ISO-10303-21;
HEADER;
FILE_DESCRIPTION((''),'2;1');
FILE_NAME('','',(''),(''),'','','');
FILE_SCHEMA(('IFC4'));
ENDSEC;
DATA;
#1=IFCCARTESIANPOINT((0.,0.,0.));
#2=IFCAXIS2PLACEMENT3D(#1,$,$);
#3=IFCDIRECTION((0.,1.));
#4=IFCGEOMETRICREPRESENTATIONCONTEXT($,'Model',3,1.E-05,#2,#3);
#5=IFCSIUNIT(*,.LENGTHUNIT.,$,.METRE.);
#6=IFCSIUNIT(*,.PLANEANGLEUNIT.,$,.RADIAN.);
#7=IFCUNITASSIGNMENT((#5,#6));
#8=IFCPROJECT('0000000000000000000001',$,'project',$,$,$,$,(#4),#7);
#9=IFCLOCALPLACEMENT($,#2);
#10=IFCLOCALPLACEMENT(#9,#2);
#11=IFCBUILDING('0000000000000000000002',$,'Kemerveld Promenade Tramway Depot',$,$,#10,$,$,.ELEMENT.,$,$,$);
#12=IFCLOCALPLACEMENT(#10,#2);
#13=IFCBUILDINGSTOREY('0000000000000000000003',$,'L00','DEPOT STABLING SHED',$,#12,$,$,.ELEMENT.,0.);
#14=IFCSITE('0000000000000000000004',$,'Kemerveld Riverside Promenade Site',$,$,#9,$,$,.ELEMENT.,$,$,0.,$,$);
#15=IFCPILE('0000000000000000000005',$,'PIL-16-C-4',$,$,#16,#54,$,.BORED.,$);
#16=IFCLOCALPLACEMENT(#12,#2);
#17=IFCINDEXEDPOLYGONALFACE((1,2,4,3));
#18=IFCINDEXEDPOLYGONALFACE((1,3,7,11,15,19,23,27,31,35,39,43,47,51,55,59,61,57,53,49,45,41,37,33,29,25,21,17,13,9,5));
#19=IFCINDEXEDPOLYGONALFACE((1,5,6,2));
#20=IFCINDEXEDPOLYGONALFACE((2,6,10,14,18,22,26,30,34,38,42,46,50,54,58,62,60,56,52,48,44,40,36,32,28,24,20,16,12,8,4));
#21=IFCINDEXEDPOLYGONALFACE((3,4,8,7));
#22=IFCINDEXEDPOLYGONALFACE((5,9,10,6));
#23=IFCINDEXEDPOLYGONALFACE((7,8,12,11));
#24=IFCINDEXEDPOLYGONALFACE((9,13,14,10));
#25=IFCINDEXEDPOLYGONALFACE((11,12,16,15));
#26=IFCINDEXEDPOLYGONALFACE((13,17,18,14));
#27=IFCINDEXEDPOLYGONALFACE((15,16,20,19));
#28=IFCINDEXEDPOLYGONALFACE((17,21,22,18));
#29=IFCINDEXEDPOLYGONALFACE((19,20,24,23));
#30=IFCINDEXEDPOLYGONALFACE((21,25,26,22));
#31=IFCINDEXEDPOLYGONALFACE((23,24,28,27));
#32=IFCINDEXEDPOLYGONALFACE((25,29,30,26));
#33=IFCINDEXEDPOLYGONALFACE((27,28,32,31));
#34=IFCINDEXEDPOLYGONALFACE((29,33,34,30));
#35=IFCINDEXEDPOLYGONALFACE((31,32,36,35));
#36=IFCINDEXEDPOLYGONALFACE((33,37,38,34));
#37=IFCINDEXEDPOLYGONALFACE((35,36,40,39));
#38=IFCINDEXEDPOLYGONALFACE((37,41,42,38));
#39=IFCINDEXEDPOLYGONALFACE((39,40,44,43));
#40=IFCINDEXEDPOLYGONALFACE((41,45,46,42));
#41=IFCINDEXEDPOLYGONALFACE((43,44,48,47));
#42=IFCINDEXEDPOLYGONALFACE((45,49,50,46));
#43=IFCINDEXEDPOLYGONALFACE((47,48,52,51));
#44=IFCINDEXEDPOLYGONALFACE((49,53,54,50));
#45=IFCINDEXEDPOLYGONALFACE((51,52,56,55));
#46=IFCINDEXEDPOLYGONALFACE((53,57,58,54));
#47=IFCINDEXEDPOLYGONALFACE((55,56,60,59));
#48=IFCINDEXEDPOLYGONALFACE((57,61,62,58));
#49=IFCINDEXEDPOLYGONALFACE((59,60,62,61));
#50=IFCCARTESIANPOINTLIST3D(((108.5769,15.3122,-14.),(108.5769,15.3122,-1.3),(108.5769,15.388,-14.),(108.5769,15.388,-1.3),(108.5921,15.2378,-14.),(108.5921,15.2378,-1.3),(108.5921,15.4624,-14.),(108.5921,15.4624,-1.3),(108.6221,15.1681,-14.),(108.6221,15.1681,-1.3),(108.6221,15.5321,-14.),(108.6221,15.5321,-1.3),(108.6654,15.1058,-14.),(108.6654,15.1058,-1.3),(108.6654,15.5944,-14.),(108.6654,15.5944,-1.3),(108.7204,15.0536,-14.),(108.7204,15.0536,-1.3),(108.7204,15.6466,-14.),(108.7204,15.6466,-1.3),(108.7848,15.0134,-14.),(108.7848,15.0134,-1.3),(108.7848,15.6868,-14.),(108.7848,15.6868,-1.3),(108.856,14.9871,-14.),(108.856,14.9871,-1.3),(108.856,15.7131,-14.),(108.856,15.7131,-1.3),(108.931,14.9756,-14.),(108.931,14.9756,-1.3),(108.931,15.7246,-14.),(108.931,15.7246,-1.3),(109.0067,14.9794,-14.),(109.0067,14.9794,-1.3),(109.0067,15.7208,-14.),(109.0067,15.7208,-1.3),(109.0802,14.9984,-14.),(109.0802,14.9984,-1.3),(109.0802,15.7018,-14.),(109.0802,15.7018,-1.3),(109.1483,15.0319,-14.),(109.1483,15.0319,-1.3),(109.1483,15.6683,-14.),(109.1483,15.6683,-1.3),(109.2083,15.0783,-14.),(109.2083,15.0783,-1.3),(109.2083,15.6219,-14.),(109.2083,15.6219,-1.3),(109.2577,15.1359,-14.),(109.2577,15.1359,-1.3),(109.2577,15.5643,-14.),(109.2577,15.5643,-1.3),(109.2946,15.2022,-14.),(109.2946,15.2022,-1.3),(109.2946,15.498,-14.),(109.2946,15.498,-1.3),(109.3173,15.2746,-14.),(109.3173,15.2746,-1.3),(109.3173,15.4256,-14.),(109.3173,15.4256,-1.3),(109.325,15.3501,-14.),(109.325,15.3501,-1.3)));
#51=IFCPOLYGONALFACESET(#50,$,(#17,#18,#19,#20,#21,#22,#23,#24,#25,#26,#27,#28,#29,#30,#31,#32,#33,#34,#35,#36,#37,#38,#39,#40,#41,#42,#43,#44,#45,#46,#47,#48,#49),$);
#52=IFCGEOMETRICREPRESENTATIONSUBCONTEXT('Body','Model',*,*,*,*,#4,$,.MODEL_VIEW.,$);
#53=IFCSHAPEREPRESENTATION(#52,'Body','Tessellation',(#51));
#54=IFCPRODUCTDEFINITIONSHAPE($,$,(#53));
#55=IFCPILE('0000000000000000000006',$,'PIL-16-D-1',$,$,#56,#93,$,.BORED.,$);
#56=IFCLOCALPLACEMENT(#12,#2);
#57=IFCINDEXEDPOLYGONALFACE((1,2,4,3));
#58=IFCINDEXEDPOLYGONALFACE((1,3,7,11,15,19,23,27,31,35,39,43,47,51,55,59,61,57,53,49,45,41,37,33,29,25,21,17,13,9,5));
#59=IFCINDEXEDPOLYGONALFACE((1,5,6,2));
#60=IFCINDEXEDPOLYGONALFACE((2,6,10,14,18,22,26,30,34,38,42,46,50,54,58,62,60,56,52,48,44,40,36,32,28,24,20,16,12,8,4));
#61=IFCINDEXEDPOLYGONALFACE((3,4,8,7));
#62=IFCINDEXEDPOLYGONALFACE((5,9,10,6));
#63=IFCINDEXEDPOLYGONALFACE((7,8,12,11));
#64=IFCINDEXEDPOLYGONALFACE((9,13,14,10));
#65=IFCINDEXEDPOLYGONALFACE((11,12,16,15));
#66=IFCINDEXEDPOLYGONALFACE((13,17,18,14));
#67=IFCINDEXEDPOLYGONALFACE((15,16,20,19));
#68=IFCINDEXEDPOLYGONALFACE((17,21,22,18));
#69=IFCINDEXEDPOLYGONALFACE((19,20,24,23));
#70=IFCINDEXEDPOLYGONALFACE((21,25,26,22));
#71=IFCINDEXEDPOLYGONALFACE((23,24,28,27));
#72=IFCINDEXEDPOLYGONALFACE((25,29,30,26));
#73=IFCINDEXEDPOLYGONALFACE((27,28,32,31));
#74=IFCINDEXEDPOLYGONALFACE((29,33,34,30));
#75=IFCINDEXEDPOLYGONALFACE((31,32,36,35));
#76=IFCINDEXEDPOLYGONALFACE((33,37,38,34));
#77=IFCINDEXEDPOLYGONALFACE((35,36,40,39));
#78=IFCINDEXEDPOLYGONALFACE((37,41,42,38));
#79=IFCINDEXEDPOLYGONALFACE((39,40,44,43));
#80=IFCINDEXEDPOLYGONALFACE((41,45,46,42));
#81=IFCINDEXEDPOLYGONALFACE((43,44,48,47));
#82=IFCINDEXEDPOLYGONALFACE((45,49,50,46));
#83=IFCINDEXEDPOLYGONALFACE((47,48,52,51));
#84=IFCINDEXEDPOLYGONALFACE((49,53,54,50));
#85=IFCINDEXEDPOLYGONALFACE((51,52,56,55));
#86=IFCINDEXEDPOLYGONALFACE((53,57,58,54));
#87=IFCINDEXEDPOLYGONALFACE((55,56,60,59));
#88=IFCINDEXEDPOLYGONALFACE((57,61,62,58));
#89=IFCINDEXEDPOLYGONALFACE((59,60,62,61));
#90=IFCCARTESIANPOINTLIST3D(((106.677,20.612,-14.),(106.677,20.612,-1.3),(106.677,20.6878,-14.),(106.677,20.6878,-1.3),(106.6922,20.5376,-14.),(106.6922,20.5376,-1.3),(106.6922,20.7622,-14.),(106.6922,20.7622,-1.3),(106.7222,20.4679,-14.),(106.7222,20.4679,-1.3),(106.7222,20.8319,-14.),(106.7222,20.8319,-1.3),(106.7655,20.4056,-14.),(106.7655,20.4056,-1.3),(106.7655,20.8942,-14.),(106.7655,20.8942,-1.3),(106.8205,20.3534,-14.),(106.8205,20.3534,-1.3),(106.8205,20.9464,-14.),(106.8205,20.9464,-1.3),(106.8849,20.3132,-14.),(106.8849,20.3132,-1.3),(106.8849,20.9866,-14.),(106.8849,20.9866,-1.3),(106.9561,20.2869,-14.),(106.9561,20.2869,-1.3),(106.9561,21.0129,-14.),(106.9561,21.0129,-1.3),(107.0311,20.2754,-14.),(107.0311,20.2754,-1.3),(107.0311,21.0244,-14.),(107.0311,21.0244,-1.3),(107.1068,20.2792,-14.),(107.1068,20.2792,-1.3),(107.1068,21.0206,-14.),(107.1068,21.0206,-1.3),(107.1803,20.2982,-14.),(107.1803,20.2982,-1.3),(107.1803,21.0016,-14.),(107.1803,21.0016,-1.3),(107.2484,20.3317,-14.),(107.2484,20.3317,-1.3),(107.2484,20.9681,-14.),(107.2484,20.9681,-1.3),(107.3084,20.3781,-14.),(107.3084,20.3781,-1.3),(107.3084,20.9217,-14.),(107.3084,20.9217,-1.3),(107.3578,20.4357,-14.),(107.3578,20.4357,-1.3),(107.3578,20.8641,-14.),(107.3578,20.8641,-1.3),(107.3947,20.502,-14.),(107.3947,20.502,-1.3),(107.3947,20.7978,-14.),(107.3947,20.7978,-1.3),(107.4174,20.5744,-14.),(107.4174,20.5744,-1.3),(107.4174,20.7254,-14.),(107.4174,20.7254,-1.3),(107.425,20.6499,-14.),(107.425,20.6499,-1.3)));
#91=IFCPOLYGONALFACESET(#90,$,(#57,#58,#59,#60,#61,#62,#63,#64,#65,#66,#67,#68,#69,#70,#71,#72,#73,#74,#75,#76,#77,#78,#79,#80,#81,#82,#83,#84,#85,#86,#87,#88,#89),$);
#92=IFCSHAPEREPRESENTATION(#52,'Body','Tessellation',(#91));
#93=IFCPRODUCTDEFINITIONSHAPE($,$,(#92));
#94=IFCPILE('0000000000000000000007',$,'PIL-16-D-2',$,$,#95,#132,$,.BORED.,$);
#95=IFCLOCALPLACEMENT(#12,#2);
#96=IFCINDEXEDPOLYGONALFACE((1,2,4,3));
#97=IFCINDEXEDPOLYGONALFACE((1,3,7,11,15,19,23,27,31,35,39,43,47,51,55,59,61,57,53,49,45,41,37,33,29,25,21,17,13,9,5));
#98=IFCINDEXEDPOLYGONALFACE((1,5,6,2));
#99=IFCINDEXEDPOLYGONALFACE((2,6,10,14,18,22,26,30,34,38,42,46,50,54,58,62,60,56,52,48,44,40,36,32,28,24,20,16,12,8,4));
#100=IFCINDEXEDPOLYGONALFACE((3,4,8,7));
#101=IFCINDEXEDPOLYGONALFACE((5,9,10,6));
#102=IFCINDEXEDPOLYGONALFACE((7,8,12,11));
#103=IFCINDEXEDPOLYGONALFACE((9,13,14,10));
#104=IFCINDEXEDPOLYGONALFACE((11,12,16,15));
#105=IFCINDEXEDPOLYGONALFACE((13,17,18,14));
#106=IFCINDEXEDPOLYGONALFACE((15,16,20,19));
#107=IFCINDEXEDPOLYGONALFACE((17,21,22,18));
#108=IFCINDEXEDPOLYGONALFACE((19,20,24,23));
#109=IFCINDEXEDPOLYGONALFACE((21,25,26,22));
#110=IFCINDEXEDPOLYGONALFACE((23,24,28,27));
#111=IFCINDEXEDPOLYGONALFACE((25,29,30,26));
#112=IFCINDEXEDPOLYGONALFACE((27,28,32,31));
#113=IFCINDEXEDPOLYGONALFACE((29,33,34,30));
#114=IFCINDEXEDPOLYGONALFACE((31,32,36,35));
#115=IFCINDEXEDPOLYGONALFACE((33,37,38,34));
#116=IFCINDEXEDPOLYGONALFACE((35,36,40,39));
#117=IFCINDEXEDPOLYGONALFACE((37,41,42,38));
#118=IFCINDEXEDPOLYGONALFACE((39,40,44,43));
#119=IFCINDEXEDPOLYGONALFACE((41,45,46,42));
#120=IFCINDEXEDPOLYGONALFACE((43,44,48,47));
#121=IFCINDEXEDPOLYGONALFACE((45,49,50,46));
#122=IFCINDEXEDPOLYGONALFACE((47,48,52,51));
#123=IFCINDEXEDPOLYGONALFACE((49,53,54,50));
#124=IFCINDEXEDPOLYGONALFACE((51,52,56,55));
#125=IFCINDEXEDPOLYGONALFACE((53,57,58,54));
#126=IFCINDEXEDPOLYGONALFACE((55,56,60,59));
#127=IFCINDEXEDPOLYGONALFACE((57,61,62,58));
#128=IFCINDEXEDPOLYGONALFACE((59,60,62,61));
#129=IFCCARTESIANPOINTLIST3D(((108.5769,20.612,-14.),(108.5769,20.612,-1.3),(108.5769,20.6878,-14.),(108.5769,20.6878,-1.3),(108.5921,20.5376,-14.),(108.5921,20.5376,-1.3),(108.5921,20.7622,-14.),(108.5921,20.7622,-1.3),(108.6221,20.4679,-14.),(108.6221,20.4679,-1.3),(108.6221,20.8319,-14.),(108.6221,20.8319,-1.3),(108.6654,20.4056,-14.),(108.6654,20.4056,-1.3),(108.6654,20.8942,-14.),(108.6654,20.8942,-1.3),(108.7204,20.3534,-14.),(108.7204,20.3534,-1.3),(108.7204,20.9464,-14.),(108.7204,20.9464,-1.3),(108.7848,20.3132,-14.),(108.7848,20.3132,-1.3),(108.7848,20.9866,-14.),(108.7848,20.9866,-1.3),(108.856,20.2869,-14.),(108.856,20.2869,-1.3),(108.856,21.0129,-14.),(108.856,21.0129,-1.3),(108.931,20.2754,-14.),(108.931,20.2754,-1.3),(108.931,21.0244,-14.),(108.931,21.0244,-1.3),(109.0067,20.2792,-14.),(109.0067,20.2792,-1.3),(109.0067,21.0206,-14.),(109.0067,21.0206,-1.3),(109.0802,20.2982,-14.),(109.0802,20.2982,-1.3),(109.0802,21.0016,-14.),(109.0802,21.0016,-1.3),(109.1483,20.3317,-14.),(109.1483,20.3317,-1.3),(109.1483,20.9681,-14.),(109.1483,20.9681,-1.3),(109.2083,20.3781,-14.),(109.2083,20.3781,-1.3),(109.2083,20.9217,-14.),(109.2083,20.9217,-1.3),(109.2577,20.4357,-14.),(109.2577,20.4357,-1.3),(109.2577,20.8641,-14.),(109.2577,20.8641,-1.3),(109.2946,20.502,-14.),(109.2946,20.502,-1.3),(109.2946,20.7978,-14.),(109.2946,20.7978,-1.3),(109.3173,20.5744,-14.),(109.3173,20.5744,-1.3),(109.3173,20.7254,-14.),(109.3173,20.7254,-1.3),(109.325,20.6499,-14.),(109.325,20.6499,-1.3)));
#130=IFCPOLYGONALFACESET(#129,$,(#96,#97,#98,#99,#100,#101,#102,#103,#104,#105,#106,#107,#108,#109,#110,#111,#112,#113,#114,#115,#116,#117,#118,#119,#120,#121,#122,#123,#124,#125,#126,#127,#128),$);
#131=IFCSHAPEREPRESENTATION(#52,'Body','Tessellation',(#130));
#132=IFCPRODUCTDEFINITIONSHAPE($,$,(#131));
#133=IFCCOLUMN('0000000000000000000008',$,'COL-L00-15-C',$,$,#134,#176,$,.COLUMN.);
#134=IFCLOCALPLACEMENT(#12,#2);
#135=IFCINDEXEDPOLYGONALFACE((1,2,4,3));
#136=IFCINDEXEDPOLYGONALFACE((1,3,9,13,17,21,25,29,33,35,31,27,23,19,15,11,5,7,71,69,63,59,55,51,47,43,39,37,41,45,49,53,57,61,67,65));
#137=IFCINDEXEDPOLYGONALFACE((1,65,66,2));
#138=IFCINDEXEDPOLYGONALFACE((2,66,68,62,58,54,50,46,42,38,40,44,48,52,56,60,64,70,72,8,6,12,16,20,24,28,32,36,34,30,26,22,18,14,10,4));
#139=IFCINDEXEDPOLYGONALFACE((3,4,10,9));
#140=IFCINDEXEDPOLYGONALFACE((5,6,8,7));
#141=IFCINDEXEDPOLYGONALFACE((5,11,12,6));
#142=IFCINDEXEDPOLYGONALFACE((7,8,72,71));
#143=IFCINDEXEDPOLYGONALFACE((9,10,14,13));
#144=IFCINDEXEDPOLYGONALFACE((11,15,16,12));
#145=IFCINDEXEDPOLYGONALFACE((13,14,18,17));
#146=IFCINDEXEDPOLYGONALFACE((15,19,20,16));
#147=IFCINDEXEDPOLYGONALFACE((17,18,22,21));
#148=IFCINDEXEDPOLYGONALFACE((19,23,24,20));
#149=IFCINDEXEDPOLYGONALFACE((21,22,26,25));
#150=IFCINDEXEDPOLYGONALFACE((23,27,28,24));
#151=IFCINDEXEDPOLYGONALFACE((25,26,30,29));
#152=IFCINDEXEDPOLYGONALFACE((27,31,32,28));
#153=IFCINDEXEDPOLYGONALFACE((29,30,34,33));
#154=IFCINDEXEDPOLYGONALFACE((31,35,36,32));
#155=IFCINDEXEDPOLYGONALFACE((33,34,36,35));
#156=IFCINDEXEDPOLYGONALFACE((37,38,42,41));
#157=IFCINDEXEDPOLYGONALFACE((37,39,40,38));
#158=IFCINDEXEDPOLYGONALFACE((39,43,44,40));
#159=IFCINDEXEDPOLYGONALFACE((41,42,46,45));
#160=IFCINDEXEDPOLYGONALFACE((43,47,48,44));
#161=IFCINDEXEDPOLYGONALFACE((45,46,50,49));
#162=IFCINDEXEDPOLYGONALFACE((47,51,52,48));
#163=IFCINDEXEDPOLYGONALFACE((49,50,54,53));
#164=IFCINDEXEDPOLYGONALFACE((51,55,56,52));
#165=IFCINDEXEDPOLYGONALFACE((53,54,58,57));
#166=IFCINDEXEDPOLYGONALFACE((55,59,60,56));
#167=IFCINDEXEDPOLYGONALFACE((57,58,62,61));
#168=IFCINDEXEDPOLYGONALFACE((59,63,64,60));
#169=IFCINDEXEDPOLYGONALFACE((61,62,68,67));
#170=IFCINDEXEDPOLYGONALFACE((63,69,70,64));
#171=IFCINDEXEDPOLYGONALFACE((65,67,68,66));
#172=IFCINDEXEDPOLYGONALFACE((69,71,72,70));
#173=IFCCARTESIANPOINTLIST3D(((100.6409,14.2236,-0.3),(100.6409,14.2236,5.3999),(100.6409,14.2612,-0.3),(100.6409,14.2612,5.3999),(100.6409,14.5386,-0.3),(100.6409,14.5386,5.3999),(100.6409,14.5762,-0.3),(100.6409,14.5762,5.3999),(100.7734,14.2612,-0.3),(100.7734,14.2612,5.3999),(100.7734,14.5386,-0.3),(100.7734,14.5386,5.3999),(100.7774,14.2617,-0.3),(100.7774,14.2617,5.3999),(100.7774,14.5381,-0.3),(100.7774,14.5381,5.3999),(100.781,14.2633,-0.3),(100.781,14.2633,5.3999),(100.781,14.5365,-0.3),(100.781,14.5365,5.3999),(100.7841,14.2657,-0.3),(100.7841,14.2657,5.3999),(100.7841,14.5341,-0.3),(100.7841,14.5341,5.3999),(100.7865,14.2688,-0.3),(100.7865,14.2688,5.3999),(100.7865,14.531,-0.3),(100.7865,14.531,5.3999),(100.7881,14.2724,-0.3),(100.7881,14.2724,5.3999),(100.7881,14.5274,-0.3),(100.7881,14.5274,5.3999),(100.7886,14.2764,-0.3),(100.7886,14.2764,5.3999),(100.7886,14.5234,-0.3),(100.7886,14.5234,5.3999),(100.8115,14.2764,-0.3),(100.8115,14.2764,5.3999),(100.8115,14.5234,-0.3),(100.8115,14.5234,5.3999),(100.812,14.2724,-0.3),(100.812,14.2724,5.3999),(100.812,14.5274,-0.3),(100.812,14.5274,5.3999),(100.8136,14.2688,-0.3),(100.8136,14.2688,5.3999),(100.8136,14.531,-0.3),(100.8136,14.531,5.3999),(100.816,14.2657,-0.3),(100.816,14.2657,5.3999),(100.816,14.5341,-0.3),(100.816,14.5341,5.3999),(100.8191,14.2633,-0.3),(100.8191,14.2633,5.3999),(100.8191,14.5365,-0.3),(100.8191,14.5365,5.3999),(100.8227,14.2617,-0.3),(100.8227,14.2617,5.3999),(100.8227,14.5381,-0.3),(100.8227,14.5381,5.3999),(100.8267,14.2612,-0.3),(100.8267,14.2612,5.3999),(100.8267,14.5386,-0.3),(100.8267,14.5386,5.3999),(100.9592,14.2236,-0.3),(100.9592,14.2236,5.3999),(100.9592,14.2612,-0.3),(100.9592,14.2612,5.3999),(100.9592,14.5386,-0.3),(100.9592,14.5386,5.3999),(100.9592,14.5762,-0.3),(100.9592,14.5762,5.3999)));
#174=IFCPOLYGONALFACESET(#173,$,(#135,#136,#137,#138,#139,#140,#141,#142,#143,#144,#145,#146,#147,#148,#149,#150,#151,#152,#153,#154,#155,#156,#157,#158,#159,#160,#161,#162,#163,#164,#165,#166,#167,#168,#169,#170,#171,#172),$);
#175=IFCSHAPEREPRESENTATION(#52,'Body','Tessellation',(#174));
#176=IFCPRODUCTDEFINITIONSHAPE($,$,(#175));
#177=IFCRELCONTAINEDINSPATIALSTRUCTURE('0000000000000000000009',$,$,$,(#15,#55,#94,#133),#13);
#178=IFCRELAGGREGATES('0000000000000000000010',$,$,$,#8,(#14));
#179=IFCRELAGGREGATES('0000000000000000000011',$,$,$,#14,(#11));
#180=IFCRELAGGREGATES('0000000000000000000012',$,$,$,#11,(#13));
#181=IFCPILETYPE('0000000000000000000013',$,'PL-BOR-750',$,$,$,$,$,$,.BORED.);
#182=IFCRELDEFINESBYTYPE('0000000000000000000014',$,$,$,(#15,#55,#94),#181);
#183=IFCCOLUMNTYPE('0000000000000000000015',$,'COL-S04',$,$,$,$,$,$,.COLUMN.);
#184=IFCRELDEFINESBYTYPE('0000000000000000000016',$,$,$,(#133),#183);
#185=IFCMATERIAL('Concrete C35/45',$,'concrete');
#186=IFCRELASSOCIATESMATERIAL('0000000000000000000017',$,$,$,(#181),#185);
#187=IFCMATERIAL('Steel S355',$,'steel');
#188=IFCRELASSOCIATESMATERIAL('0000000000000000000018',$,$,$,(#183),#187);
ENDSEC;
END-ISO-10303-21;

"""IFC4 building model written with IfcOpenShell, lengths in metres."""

from ifc_helpers import new_model, si_unit, direction, frame, origin, origin_2d, place, context, subcontext, project, spatial, circle, i_section, extrude, material, material_profile, profile_set, type_object, element, save


model = new_model("IFC4")

# Units and contexts
model_context = context("Model", 3, precision=1e-05, world=origin(), true_north=direction((0.0, 1.0)))
body_context = subcontext(model_context, "Body", "Model", "MODEL_VIEW")
ifc_project = project(units=[si_unit("LENGTHUNIT", "METRE"), si_unit("PLANEANGLEUNIT", "RADIAN")], contexts=[model_context])

# Site, building, storey
site_placement = place(None, origin())
site = spatial("IfcSite", under=ifc_project, at=site_placement, Name="Kemerveld Riverside Promenade Site", CompositionType="ELEMENT", RefElevation=0.0)
building_placement = place(site_placement, origin())
building = spatial("IfcBuilding", under=site, at=building_placement, Name="Kemerveld Promenade Tramway Depot", CompositionType="ELEMENT")
storey_placement = place(building_placement, origin())
storey = spatial("IfcBuildingStorey", under=building, at=storey_placement, Name="L00", Description="DEPOT STABLING SHED", CompositionType="ELEMENT", Elevation=0.0)

# Shared definitions
ifc_material_1 = material(Name="Concrete C35/45", Category="concrete")

# Piles
ifc_material_profile_1 = material_profile(ifc_material_1, circle(Radius=0.375, at=origin_2d()), Name="PILE-D750")
ifc_profile_set_1 = profile_set([ifc_material_profile_1], Name="Concrete C35/45")
pile_type = type_object("IfcPileType", Name="PL-BOR-750", PredefinedType="BORED", material=ifc_profile_set_1)
for number, where, z_axis, x_axis, name in (
    (1, (108.95, 15.3501, -1.3), (0.0, 0.0, -1.0), (1.0, 0.0, 0.0), "PIL-16-C-4"),
    (2, (107.05, 20.6499, -1.3), (0.0, 0.0, -1.0), (1.0, 0.0, 0.0), "PIL-16-D-1"),
    (3, (108.95, 20.6499, -1.3), (0.0, 0.0, -1.0), (1.0, 0.0, 0.0), "PIL-16-D-2"),
):
    element("IfcPile", number, at=place(storey_placement, frame(where, z_axis=z_axis, x_axis=x_axis)), inside=storey, type_object=pile_type, Name=name, PredefinedType="BORED", context=body_context, shape_type="SweptSolid", body=[
        extrude(circle(Radius=0.375, at=origin_2d()), origin(), (0.0, 0.0, 1.0), 12.7),
    ])

# Column
ifc_material_2 = material(Name="Steel S355", Category="steel")
ifc_material_profile_2 = material_profile(ifc_material_2, i_section(OverallWidth=0.3184, OverallDepth=0.3525, WebThickness=0.0229, FlangeThickness=0.0376, FilletRadius=0.0151, at=origin_2d()), Name="305x305x240 UC")
ifc_profile_set_2 = profile_set([ifc_material_profile_2], Name="Steel S355")
column_type = type_object("IfcColumnType", Name="COL-S04", PredefinedType="COLUMN", material=ifc_profile_set_2)
for number, where, z_axis, x_axis, name in (
    (4, (100.8, 14.3999, -0.3), (0.0, 0.0, 1.0), (1.0, 0.0, 0.0), "COL-L00-15-C"),
):
    element("IfcColumn", number, at=place(storey_placement, frame(where, z_axis=z_axis, x_axis=x_axis)), inside=storey, type_object=column_type, Name=name, PredefinedType="COLUMN", context=body_context, shape_type="SweptSolid", body=[
        extrude(i_section(OverallWidth=0.3184, OverallDepth=0.3525, WebThickness=0.0229, FlangeThickness=0.0376, FilletRadius=0.0151, at=origin_2d()), origin(), (0.0, 0.0, 1.0), 5.7),
    ])

save(model, "model.ifc")
